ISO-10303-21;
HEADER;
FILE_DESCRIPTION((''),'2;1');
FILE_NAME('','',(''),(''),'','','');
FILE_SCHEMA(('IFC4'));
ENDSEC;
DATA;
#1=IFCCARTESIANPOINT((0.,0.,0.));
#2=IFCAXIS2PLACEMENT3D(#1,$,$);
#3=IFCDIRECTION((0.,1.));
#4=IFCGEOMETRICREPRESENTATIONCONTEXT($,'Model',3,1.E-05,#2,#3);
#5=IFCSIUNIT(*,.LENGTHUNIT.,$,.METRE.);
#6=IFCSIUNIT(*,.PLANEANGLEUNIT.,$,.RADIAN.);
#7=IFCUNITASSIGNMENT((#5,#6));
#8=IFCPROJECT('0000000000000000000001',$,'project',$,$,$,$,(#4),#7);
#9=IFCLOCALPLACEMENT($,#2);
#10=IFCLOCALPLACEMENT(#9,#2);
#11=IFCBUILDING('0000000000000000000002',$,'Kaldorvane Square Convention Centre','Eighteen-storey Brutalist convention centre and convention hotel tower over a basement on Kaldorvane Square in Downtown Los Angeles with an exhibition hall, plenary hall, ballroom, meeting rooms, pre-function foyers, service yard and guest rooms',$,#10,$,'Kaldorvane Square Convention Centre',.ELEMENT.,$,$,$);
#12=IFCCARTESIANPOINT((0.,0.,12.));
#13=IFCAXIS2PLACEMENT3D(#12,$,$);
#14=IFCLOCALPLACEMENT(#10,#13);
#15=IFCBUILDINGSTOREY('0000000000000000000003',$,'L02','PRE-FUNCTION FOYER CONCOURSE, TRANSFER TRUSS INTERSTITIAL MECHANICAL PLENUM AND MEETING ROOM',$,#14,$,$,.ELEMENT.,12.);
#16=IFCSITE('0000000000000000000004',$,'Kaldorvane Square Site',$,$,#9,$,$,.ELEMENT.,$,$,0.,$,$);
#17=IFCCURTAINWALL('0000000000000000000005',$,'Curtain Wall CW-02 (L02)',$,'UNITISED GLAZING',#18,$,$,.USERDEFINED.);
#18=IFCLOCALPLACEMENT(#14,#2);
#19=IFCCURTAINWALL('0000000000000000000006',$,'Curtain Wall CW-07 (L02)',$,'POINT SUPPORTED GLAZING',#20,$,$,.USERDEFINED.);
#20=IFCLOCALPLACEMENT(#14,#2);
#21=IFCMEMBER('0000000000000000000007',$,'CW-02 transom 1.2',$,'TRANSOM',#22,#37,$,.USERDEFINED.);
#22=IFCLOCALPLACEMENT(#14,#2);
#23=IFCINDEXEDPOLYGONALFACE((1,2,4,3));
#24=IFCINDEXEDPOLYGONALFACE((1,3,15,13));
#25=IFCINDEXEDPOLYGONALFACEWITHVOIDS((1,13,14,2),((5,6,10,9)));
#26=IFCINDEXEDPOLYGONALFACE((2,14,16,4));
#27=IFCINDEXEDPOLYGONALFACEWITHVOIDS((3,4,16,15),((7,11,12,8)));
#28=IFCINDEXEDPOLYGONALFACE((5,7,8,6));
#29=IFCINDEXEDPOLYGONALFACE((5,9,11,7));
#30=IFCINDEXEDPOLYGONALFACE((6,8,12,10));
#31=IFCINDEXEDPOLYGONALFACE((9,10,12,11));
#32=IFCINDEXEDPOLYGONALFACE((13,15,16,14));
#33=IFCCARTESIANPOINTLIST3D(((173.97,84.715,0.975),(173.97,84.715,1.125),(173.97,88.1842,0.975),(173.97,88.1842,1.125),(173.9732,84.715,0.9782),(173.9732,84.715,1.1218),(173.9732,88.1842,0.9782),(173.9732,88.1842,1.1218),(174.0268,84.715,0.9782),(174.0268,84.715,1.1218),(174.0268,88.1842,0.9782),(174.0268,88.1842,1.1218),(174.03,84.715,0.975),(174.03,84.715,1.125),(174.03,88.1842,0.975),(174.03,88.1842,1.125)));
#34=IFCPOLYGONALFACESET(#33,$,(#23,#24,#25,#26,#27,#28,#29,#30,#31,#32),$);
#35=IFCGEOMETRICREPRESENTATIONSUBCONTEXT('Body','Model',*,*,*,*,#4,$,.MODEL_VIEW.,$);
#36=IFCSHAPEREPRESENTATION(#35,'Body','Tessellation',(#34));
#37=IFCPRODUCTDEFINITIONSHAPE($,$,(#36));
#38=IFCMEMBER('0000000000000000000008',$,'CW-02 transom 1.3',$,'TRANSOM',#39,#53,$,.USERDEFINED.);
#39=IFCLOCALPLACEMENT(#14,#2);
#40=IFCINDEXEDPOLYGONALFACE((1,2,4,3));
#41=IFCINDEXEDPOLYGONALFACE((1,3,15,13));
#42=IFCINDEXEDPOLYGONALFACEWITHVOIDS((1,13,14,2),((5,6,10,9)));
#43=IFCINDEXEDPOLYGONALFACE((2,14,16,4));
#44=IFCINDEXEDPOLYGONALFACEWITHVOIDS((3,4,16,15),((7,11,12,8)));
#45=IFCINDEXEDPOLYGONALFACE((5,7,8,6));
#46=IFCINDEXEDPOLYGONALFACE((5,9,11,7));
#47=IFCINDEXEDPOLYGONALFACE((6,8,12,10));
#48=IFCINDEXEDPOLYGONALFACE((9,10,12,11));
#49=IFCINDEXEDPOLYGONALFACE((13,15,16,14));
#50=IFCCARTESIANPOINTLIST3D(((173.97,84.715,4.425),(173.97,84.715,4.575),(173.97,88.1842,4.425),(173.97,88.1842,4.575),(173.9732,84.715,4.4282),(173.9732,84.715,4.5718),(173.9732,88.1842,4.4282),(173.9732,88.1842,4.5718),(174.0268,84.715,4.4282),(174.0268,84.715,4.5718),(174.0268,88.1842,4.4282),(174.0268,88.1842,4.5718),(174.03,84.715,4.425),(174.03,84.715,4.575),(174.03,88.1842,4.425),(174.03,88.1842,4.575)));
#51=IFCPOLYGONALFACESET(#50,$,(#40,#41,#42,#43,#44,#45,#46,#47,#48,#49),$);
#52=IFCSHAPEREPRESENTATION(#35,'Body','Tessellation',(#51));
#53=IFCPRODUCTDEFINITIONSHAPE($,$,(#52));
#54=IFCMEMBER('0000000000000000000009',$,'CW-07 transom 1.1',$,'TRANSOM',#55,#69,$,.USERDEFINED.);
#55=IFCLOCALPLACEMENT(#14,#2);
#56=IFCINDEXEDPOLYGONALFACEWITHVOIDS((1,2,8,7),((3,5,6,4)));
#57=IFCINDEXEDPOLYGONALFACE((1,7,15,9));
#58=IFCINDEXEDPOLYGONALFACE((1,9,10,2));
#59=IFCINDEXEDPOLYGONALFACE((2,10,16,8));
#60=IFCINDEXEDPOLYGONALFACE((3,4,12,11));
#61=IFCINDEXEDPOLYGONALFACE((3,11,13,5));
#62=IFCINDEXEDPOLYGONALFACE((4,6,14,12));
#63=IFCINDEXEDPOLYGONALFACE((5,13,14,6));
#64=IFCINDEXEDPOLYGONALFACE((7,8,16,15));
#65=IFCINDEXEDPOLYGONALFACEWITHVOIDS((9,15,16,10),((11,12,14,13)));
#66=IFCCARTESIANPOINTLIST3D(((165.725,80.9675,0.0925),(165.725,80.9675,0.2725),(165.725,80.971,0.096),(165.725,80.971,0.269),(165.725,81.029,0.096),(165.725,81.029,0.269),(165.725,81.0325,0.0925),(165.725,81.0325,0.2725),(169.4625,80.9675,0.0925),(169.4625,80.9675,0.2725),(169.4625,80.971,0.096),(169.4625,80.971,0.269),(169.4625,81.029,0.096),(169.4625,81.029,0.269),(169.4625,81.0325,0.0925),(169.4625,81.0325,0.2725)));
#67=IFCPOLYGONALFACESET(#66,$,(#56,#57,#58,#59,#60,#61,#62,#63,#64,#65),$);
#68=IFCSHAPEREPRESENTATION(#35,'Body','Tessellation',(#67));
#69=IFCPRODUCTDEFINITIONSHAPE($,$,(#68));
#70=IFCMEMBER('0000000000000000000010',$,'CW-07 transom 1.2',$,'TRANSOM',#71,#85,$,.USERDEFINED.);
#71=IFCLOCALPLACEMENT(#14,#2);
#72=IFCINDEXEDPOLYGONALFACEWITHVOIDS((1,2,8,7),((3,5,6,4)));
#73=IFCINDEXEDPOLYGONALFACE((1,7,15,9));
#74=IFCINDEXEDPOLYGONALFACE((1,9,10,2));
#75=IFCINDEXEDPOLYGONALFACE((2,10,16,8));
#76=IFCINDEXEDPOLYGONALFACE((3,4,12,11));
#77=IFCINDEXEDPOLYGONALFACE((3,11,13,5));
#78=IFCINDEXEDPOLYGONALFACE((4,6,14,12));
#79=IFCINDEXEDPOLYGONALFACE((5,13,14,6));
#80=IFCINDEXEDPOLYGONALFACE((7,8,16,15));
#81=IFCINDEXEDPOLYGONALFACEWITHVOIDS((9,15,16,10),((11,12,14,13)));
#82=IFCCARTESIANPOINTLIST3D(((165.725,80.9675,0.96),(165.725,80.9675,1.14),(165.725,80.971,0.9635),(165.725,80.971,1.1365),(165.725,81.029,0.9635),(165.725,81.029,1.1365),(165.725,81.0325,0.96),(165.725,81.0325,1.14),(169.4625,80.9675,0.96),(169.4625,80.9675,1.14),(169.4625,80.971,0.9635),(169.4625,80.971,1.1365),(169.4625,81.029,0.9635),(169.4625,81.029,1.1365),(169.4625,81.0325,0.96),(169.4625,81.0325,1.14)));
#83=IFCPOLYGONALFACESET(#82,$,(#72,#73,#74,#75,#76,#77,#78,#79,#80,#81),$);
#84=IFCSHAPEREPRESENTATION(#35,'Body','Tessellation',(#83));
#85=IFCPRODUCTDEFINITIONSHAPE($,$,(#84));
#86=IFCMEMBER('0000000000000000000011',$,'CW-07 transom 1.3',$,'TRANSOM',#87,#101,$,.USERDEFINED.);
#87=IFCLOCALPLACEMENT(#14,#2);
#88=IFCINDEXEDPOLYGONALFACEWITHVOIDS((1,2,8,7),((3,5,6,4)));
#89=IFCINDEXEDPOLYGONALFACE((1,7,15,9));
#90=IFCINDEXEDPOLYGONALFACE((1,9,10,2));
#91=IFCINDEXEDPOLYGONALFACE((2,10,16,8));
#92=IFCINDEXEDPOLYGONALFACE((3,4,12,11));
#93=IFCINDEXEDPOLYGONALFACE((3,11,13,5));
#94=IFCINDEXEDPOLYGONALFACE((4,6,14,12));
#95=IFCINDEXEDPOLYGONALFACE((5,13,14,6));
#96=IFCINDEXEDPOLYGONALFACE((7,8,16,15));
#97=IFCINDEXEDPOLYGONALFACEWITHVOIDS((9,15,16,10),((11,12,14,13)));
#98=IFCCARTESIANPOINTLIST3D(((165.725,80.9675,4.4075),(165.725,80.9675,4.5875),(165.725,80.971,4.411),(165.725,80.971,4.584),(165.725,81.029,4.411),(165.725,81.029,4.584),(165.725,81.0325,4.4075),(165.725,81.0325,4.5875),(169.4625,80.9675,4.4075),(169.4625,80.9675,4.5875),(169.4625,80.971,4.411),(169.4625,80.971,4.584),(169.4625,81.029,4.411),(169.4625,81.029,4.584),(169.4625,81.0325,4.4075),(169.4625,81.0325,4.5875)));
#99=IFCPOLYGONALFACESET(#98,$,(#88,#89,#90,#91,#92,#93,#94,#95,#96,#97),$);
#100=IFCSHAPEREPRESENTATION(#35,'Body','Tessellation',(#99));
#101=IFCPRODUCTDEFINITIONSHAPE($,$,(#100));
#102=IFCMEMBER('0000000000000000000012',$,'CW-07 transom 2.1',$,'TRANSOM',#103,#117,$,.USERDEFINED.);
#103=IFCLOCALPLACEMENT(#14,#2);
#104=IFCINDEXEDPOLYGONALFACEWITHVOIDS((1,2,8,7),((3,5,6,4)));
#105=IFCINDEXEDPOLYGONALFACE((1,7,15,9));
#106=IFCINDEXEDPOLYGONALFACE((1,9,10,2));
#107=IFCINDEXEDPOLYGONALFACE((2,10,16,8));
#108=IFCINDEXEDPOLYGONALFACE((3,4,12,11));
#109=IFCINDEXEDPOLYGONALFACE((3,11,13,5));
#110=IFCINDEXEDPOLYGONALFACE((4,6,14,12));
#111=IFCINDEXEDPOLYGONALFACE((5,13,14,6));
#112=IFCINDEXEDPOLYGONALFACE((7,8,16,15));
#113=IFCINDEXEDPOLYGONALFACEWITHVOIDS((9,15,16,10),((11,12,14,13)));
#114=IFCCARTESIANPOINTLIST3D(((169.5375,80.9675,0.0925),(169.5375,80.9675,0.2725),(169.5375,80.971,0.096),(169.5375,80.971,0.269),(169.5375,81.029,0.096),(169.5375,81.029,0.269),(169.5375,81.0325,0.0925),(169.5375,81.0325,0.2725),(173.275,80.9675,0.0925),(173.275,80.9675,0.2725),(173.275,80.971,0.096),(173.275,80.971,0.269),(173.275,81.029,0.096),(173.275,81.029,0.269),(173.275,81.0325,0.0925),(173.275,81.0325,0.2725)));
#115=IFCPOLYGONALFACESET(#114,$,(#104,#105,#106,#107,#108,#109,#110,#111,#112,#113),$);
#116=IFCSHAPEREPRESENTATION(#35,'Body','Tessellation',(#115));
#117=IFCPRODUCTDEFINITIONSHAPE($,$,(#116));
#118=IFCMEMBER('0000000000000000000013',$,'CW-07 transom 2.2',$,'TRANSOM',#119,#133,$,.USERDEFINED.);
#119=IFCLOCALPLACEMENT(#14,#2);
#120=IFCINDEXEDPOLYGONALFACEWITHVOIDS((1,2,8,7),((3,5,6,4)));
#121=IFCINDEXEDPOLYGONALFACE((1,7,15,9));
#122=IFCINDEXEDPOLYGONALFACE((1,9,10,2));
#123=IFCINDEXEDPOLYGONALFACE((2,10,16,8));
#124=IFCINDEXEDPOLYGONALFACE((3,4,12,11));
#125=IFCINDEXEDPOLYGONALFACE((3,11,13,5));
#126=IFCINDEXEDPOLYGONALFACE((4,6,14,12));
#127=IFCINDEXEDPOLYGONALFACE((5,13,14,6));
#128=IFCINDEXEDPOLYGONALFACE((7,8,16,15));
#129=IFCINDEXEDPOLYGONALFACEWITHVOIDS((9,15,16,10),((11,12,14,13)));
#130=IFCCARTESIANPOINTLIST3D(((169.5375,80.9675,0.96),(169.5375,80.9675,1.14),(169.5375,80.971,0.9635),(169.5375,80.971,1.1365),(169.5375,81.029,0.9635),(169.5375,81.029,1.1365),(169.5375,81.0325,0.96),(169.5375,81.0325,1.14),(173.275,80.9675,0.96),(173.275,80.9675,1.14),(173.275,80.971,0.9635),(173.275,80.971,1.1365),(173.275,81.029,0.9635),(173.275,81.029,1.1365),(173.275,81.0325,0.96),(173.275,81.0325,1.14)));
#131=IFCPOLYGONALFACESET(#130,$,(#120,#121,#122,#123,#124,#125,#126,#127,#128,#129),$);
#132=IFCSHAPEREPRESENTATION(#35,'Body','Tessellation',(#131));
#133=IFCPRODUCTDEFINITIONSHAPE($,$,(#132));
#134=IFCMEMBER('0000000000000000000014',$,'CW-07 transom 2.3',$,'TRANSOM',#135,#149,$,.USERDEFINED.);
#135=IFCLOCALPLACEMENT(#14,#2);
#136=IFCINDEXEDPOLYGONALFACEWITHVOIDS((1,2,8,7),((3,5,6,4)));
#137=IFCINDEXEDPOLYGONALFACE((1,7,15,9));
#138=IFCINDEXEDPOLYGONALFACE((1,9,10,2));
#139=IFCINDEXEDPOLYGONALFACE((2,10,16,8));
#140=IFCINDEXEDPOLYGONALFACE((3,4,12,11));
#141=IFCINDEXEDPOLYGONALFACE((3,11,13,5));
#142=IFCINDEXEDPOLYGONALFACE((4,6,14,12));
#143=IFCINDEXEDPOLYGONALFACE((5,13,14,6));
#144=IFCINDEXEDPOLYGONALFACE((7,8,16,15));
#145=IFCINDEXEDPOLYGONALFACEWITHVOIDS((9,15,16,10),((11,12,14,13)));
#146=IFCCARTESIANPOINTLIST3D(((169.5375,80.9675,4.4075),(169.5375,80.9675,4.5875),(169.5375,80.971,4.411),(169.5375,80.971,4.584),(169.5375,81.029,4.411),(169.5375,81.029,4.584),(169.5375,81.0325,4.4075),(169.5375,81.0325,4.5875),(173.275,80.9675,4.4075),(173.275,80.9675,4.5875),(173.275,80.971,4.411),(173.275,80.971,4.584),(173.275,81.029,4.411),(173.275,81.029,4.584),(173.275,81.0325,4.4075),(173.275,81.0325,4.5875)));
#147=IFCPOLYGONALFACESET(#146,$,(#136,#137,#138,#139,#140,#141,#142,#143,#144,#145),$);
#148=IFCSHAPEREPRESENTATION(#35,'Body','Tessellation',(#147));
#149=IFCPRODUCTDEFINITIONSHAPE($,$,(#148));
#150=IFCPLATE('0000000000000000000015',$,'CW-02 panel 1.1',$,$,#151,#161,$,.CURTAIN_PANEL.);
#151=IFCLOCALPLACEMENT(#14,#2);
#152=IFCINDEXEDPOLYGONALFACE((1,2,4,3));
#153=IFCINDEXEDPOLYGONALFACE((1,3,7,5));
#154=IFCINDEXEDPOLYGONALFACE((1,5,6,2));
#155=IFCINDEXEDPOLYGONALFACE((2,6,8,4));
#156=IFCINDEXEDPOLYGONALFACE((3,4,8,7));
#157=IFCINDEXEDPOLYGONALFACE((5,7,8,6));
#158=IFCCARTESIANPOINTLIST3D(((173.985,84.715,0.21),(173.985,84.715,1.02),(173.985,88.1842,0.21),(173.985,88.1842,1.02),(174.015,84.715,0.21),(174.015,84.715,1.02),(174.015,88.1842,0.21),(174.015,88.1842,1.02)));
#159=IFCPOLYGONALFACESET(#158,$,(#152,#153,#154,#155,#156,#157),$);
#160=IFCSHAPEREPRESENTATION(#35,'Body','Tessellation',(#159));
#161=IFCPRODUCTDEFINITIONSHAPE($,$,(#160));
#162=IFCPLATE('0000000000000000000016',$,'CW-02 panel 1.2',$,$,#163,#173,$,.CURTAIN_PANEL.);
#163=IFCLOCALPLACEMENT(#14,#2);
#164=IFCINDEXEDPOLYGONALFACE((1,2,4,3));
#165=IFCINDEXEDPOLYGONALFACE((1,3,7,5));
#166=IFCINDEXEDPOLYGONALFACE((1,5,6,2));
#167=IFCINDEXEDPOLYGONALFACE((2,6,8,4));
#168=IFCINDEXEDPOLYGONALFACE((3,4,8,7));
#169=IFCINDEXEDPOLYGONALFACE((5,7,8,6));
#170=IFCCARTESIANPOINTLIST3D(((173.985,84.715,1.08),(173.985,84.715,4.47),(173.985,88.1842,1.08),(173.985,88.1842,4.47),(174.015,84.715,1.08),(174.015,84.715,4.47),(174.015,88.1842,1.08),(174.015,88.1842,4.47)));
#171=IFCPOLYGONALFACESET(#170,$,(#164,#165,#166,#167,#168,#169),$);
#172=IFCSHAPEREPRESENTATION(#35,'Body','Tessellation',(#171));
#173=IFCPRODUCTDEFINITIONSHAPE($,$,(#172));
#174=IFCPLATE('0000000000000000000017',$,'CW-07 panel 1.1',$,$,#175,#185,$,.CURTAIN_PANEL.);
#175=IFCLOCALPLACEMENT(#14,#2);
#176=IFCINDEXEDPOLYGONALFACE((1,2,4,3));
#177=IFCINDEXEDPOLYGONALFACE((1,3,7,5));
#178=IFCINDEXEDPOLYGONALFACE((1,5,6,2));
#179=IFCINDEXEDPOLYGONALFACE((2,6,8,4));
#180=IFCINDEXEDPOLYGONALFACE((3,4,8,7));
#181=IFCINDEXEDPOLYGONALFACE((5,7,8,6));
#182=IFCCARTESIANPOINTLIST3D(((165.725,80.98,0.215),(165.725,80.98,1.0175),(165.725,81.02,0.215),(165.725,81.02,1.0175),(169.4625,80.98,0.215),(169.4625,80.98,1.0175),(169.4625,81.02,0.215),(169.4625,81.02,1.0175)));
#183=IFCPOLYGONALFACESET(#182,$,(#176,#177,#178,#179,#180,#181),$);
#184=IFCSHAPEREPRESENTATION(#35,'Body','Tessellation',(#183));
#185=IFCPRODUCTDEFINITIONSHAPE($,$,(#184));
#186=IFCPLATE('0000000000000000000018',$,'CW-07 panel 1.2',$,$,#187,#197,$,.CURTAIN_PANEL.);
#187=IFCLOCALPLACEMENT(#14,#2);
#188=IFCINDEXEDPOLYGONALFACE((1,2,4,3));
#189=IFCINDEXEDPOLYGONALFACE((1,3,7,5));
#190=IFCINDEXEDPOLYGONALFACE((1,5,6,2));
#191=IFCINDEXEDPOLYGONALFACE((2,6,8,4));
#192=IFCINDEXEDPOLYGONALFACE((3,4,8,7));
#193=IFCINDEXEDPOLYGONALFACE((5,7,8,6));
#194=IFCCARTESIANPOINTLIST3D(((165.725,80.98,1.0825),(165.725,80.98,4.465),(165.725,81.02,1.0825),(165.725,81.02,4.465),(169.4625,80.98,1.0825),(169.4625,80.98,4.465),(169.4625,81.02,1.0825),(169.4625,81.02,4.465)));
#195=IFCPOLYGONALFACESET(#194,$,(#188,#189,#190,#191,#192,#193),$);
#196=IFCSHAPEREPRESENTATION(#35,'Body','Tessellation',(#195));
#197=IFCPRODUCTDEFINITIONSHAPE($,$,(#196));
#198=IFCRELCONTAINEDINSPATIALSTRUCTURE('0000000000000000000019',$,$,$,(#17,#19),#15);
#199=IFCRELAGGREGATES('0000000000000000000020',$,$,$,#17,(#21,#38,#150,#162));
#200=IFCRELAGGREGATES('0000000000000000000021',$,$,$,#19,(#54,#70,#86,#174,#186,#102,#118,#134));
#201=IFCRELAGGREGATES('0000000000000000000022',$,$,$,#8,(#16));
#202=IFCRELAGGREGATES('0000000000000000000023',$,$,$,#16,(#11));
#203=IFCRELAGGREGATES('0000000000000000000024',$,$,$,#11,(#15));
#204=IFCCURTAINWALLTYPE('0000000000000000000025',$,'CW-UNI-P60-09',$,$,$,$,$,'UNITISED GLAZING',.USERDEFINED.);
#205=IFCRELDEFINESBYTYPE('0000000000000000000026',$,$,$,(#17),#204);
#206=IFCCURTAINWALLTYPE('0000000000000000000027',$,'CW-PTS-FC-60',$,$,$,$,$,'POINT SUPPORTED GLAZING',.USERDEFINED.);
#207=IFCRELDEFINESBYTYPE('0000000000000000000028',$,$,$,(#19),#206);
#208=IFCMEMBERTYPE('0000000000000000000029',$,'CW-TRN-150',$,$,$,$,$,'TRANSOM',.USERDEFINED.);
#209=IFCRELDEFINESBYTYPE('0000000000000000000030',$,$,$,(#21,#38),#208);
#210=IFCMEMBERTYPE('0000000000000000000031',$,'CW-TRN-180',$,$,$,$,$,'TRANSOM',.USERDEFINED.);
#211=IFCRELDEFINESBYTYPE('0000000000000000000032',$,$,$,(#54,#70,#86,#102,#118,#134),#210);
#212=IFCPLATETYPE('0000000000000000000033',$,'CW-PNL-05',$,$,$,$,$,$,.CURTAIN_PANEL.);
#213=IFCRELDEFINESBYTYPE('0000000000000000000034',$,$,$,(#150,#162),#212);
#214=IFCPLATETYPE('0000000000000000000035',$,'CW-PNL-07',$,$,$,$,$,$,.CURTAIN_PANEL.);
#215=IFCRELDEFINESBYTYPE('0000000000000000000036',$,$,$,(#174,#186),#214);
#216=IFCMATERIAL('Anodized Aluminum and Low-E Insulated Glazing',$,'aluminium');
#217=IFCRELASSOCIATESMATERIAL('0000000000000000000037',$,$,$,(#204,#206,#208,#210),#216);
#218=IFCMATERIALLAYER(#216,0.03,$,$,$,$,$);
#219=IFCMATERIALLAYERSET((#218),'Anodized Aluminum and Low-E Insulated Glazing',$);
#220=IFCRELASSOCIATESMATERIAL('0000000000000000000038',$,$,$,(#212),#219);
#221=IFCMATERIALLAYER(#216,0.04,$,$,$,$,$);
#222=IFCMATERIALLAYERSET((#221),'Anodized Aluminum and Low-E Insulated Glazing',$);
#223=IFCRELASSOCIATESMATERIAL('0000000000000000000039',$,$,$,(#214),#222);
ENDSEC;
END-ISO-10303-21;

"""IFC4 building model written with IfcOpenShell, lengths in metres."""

from ifc_helpers import new_model, si_unit, direction, frame, origin, origin_2d, place, context, subcontext, project, spatial, rectangle, hollow_rectangle, extrude, material, layer, layer_set, material_profile, profile_set, type_object, element, aggregate, save


model = new_model("IFC4")

# Units and contexts
model_context = context("Model", 3, precision=1e-05, world=origin(), true_north=direction((0.0, 1.0)))
body_context = subcontext(model_context, "Body", "Model", "MODEL_VIEW")
ifc_project = project(units=[si_unit("LENGTHUNIT", "METRE"), si_unit("PLANEANGLEUNIT", "RADIAN")], contexts=[model_context])

# Site, building, storey
site_placement = place(None, origin())
site = spatial("IfcSite", under=ifc_project, at=site_placement, Name="Kaldorvane Square Site", CompositionType="ELEMENT", RefElevation=0.0)
building_placement = place(site_placement, origin())
building = spatial("IfcBuilding", under=site, at=building_placement, Name="Kaldorvane Square Convention Centre", Description="Eighteen-storey Brutalist convention centre and convention hotel tower over a basement on Kaldorvane Square in Downtown Los Angeles with an exhibition hall, plenary hall, ballroom, meeting rooms, pre-function foyers, service yard and guest rooms", LongName="Kaldorvane Square Convention Centre", CompositionType="ELEMENT")
storey_placement = place(building_placement, frame((0.0, 0.0, 12.0)))
storey = spatial("IfcBuildingStorey", under=building, at=storey_placement, Name="L02", Description="PRE-FUNCTION FOYER CONCOURSE, TRANSFER TRUSS INTERSTITIAL MECHANICAL PLENUM AND MEETING ROOM", CompositionType="ELEMENT", Elevation=12.0)

# Curtain wall
ifc_material_1 = material(Name="Anodized Aluminum and Low-E Insulated Glazing", Category="aluminium")
curtain_wall_type_1 = type_object("IfcCurtainWallType", Name="CW-UNI-P60-09", ElementType="UNITISED GLAZING", PredefinedType="USERDEFINED", material=ifc_material_1)
curtain_wall_1_placement = place(storey_placement, origin())
curtain_wall_1 = element("IfcCurtainWall", 1, at=curtain_wall_1_placement, inside=storey, type_object=curtain_wall_type_1, Name="Curtain Wall CW-02 (L02)", ObjectType="UNITISED GLAZING", PredefinedType="USERDEFINED")

# Curtain wall
curtain_wall_type_2 = type_object("IfcCurtainWallType", Name="CW-PTS-FC-60", ElementType="POINT SUPPORTED GLAZING", PredefinedType="USERDEFINED", material=ifc_material_1)
curtain_wall_2_placement = place(storey_placement, origin())
curtain_wall_2 = element("IfcCurtainWall", 2, at=curtain_wall_2_placement, inside=storey, type_object=curtain_wall_type_2, Name="Curtain Wall CW-07 (L02)", ObjectType="POINT SUPPORTED GLAZING", PredefinedType="USERDEFINED")

# Members
ifc_material_profile_1 = material_profile(ifc_material_1, hollow_rectangle(XDim=0.06, YDim=0.15, WallThickness=0.0032, at=origin_2d()), Name="CWT-150X60")
ifc_profile_set_1 = profile_set([ifc_material_profile_1], Name="Anodized Aluminum and Low-E Insulated Glazing")
member_type_1 = type_object("IfcMemberType", Name="CW-TRN-150", ElementType="TRANSOM", PredefinedType="USERDEFINED", material=ifc_profile_set_1)
member_1_placement = place(storey_placement, frame((174.0, 84.715, 1.05), z_axis=(0.0, 1.0, 0.0), x_axis=(-1.0, 0.0, 0.0)))
member_1 = element("IfcMember", 3, at=member_1_placement, type_object=member_type_1, Name="CW-02 transom 1.2", ObjectType="TRANSOM", PredefinedType="USERDEFINED", context=body_context, shape_type="SweptSolid", body=[
    extrude(hollow_rectangle(XDim=0.06, YDim=0.15, WallThickness=0.0032, at=origin_2d()), origin(), (0.0, 0.0, 1.0), 3.4692),
])
member_2_placement = place(storey_placement, frame((174.0, 84.715, 4.5), z_axis=(0.0, 1.0, 0.0), x_axis=(-1.0, 0.0, 0.0)))
member_2 = element("IfcMember", 4, at=member_2_placement, type_object=member_type_1, Name="CW-02 transom 1.3", ObjectType="TRANSOM", PredefinedType="USERDEFINED", context=body_context, shape_type="SweptSolid", body=[
    extrude(hollow_rectangle(XDim=0.06, YDim=0.15, WallThickness=0.0032, at=origin_2d()), origin(), (0.0, 0.0, 1.0), 3.4692),
])
ifc_material_profile_2 = material_profile(ifc_material_1, hollow_rectangle(XDim=0.065, YDim=0.18, WallThickness=0.0035, at=origin_2d()), Name="CWT-180X65")
ifc_profile_set_2 = profile_set([ifc_material_profile_2], Name="Anodized Aluminum and Low-E Insulated Glazing")
member_type_2 = type_object("IfcMemberType", Name="CW-TRN-180", ElementType="TRANSOM", PredefinedType="USERDEFINED", material=ifc_profile_set_2)
member_3_placement = place(storey_placement, frame((165.725, 81.0, 0.1825), z_axis=(1.0, 0.0, 0.0), x_axis=(0.0, 1.0, 0.0)))
member_3 = element("IfcMember", 5, at=member_3_placement, type_object=member_type_2, Name="CW-07 transom 1.1", ObjectType="TRANSOM", PredefinedType="USERDEFINED", context=body_context, shape_type="SweptSolid", body=[
    extrude(hollow_rectangle(XDim=0.065, YDim=0.18, WallThickness=0.0035, at=origin_2d()), origin(), (0.0, 0.0, 1.0), 3.7375),
])
member_4_placement = place(storey_placement, frame((165.725, 81.0, 1.05), z_axis=(1.0, 0.0, 0.0), x_axis=(0.0, 1.0, 0.0)))
member_4 = element("IfcMember", 6, at=member_4_placement, type_object=member_type_2, Name="CW-07 transom 1.2", ObjectType="TRANSOM", PredefinedType="USERDEFINED", context=body_context, shape_type="SweptSolid", body=[
    extrude(hollow_rectangle(XDim=0.065, YDim=0.18, WallThickness=0.0035, at=origin_2d()), origin(), (0.0, 0.0, 1.0), 3.7375),
])
member_5_placement = place(storey_placement, frame((165.725, 81.0, 4.4975), z_axis=(1.0, 0.0, 0.0), x_axis=(0.0, 1.0, 0.0)))
member_5 = element("IfcMember", 7, at=member_5_placement, type_object=member_type_2, Name="CW-07 transom 1.3", ObjectType="TRANSOM", PredefinedType="USERDEFINED", context=body_context, shape_type="SweptSolid", body=[
    extrude(hollow_rectangle(XDim=0.065, YDim=0.18, WallThickness=0.0035, at=origin_2d()), origin(), (0.0, 0.0, 1.0), 3.7375),
])
member_6_placement = place(storey_placement, frame((169.5375, 81.0, 0.1825), z_axis=(1.0, 0.0, 0.0), x_axis=(0.0, 1.0, 0.0)))
member_6 = element("IfcMember", 8, at=member_6_placement, type_object=member_type_2, Name="CW-07 transom 2.1", ObjectType="TRANSOM", PredefinedType="USERDEFINED", context=body_context, shape_type="SweptSolid", body=[
    extrude(hollow_rectangle(XDim=0.065, YDim=0.18, WallThickness=0.0035, at=origin_2d()), origin(), (0.0, 0.0, 1.0), 3.7375),
])
member_7_placement = place(storey_placement, frame((169.5375, 81.0, 1.05), z_axis=(1.0, 0.0, 0.0), x_axis=(0.0, 1.0, 0.0)))
member_7 = element("IfcMember", 9, at=member_7_placement, type_object=member_type_2, Name="CW-07 transom 2.2", ObjectType="TRANSOM", PredefinedType="USERDEFINED", context=body_context, shape_type="SweptSolid", body=[
    extrude(hollow_rectangle(XDim=0.065, YDim=0.18, WallThickness=0.0035, at=origin_2d()), origin(), (0.0, 0.0, 1.0), 3.7375),
])
member_8_placement = place(storey_placement, frame((169.5375, 81.0, 4.4975), z_axis=(1.0, 0.0, 0.0), x_axis=(0.0, 1.0, 0.0)))
member_8 = element("IfcMember", 10, at=member_8_placement, type_object=member_type_2, Name="CW-07 transom 2.3", ObjectType="TRANSOM", PredefinedType="USERDEFINED", context=body_context, shape_type="SweptSolid", body=[
    extrude(hollow_rectangle(XDim=0.065, YDim=0.18, WallThickness=0.0035, at=origin_2d()), origin(), (0.0, 0.0, 1.0), 3.7375),
])

# Plates
ifc_layer_1 = layer(ifc_material_1, 0.03)
ifc_layer_set_1 = layer_set([ifc_layer_1], Name="Anodized Aluminum and Low-E Insulated Glazing")
plate_type_1 = type_object("IfcPlateType", Name="CW-PNL-05", PredefinedType="CURTAIN_PANEL", material=ifc_layer_set_1)
plate_1_placement = place(storey_placement, frame((174.0, 86.4496, 0.21), z_axis=(0.0, 0.0, 1.0), x_axis=(0.0, 1.0, 0.0)))
plate_1 = element("IfcPlate", 11, at=plate_1_placement, type_object=plate_type_1, Name="CW-02 panel 1.1", PredefinedType="CURTAIN_PANEL", context=body_context, shape_type="SweptSolid", body=[
    extrude(rectangle(XDim=3.4692, YDim=0.03, at=origin_2d()), origin(), (0.0, 0.0, 1.0), 0.81),
])
plate_2_placement = place(storey_placement, frame((174.0, 86.4496, 1.08), z_axis=(0.0, 0.0, 1.0), x_axis=(0.0, 1.0, 0.0)))
plate_2 = element("IfcPlate", 12, at=plate_2_placement, type_object=plate_type_1, Name="CW-02 panel 1.2", PredefinedType="CURTAIN_PANEL", context=body_context, shape_type="SweptSolid", body=[
    extrude(rectangle(XDim=3.4692, YDim=0.03, at=origin_2d()), origin(), (0.0, 0.0, 1.0), 3.39),
])
aggregate(curtain_wall_1, [member_1, member_2, plate_1, plate_2])
ifc_layer_2 = layer(ifc_material_1, 0.04)
ifc_layer_set_2 = layer_set([ifc_layer_2], Name="Anodized Aluminum and Low-E Insulated Glazing")
plate_type_2 = type_object("IfcPlateType", Name="CW-PNL-07", PredefinedType="CURTAIN_PANEL", material=ifc_layer_set_2)
plate_3_placement = place(storey_placement, frame((167.5938, 81.0, 0.215), z_axis=(0.0, 0.0, 1.0), x_axis=(1.0, 0.0, 0.0)))
plate_3 = element("IfcPlate", 13, at=plate_3_placement, type_object=plate_type_2, Name="CW-07 panel 1.1", PredefinedType="CURTAIN_PANEL", context=body_context, shape_type="SweptSolid", body=[
    extrude(rectangle(XDim=3.7375, YDim=0.04, at=origin_2d()), origin(), (0.0, 0.0, 1.0), 0.8025),
])
plate_4_placement = place(storey_placement, frame((167.5938, 81.0, 1.0825), z_axis=(0.0, 0.0, 1.0), x_axis=(1.0, 0.0, 0.0)))
plate_4 = element("IfcPlate", 14, at=plate_4_placement, type_object=plate_type_2, Name="CW-07 panel 1.2", PredefinedType="CURTAIN_PANEL", context=body_context, shape_type="SweptSolid", body=[
    extrude(rectangle(XDim=3.7375, YDim=0.04, at=origin_2d()), origin(), (0.0, 0.0, 1.0), 3.3825),
])
aggregate(curtain_wall_2, [member_3, member_4, member_5, plate_3, plate_4, member_6, member_7, member_8])

save(model, "model.ifc")
